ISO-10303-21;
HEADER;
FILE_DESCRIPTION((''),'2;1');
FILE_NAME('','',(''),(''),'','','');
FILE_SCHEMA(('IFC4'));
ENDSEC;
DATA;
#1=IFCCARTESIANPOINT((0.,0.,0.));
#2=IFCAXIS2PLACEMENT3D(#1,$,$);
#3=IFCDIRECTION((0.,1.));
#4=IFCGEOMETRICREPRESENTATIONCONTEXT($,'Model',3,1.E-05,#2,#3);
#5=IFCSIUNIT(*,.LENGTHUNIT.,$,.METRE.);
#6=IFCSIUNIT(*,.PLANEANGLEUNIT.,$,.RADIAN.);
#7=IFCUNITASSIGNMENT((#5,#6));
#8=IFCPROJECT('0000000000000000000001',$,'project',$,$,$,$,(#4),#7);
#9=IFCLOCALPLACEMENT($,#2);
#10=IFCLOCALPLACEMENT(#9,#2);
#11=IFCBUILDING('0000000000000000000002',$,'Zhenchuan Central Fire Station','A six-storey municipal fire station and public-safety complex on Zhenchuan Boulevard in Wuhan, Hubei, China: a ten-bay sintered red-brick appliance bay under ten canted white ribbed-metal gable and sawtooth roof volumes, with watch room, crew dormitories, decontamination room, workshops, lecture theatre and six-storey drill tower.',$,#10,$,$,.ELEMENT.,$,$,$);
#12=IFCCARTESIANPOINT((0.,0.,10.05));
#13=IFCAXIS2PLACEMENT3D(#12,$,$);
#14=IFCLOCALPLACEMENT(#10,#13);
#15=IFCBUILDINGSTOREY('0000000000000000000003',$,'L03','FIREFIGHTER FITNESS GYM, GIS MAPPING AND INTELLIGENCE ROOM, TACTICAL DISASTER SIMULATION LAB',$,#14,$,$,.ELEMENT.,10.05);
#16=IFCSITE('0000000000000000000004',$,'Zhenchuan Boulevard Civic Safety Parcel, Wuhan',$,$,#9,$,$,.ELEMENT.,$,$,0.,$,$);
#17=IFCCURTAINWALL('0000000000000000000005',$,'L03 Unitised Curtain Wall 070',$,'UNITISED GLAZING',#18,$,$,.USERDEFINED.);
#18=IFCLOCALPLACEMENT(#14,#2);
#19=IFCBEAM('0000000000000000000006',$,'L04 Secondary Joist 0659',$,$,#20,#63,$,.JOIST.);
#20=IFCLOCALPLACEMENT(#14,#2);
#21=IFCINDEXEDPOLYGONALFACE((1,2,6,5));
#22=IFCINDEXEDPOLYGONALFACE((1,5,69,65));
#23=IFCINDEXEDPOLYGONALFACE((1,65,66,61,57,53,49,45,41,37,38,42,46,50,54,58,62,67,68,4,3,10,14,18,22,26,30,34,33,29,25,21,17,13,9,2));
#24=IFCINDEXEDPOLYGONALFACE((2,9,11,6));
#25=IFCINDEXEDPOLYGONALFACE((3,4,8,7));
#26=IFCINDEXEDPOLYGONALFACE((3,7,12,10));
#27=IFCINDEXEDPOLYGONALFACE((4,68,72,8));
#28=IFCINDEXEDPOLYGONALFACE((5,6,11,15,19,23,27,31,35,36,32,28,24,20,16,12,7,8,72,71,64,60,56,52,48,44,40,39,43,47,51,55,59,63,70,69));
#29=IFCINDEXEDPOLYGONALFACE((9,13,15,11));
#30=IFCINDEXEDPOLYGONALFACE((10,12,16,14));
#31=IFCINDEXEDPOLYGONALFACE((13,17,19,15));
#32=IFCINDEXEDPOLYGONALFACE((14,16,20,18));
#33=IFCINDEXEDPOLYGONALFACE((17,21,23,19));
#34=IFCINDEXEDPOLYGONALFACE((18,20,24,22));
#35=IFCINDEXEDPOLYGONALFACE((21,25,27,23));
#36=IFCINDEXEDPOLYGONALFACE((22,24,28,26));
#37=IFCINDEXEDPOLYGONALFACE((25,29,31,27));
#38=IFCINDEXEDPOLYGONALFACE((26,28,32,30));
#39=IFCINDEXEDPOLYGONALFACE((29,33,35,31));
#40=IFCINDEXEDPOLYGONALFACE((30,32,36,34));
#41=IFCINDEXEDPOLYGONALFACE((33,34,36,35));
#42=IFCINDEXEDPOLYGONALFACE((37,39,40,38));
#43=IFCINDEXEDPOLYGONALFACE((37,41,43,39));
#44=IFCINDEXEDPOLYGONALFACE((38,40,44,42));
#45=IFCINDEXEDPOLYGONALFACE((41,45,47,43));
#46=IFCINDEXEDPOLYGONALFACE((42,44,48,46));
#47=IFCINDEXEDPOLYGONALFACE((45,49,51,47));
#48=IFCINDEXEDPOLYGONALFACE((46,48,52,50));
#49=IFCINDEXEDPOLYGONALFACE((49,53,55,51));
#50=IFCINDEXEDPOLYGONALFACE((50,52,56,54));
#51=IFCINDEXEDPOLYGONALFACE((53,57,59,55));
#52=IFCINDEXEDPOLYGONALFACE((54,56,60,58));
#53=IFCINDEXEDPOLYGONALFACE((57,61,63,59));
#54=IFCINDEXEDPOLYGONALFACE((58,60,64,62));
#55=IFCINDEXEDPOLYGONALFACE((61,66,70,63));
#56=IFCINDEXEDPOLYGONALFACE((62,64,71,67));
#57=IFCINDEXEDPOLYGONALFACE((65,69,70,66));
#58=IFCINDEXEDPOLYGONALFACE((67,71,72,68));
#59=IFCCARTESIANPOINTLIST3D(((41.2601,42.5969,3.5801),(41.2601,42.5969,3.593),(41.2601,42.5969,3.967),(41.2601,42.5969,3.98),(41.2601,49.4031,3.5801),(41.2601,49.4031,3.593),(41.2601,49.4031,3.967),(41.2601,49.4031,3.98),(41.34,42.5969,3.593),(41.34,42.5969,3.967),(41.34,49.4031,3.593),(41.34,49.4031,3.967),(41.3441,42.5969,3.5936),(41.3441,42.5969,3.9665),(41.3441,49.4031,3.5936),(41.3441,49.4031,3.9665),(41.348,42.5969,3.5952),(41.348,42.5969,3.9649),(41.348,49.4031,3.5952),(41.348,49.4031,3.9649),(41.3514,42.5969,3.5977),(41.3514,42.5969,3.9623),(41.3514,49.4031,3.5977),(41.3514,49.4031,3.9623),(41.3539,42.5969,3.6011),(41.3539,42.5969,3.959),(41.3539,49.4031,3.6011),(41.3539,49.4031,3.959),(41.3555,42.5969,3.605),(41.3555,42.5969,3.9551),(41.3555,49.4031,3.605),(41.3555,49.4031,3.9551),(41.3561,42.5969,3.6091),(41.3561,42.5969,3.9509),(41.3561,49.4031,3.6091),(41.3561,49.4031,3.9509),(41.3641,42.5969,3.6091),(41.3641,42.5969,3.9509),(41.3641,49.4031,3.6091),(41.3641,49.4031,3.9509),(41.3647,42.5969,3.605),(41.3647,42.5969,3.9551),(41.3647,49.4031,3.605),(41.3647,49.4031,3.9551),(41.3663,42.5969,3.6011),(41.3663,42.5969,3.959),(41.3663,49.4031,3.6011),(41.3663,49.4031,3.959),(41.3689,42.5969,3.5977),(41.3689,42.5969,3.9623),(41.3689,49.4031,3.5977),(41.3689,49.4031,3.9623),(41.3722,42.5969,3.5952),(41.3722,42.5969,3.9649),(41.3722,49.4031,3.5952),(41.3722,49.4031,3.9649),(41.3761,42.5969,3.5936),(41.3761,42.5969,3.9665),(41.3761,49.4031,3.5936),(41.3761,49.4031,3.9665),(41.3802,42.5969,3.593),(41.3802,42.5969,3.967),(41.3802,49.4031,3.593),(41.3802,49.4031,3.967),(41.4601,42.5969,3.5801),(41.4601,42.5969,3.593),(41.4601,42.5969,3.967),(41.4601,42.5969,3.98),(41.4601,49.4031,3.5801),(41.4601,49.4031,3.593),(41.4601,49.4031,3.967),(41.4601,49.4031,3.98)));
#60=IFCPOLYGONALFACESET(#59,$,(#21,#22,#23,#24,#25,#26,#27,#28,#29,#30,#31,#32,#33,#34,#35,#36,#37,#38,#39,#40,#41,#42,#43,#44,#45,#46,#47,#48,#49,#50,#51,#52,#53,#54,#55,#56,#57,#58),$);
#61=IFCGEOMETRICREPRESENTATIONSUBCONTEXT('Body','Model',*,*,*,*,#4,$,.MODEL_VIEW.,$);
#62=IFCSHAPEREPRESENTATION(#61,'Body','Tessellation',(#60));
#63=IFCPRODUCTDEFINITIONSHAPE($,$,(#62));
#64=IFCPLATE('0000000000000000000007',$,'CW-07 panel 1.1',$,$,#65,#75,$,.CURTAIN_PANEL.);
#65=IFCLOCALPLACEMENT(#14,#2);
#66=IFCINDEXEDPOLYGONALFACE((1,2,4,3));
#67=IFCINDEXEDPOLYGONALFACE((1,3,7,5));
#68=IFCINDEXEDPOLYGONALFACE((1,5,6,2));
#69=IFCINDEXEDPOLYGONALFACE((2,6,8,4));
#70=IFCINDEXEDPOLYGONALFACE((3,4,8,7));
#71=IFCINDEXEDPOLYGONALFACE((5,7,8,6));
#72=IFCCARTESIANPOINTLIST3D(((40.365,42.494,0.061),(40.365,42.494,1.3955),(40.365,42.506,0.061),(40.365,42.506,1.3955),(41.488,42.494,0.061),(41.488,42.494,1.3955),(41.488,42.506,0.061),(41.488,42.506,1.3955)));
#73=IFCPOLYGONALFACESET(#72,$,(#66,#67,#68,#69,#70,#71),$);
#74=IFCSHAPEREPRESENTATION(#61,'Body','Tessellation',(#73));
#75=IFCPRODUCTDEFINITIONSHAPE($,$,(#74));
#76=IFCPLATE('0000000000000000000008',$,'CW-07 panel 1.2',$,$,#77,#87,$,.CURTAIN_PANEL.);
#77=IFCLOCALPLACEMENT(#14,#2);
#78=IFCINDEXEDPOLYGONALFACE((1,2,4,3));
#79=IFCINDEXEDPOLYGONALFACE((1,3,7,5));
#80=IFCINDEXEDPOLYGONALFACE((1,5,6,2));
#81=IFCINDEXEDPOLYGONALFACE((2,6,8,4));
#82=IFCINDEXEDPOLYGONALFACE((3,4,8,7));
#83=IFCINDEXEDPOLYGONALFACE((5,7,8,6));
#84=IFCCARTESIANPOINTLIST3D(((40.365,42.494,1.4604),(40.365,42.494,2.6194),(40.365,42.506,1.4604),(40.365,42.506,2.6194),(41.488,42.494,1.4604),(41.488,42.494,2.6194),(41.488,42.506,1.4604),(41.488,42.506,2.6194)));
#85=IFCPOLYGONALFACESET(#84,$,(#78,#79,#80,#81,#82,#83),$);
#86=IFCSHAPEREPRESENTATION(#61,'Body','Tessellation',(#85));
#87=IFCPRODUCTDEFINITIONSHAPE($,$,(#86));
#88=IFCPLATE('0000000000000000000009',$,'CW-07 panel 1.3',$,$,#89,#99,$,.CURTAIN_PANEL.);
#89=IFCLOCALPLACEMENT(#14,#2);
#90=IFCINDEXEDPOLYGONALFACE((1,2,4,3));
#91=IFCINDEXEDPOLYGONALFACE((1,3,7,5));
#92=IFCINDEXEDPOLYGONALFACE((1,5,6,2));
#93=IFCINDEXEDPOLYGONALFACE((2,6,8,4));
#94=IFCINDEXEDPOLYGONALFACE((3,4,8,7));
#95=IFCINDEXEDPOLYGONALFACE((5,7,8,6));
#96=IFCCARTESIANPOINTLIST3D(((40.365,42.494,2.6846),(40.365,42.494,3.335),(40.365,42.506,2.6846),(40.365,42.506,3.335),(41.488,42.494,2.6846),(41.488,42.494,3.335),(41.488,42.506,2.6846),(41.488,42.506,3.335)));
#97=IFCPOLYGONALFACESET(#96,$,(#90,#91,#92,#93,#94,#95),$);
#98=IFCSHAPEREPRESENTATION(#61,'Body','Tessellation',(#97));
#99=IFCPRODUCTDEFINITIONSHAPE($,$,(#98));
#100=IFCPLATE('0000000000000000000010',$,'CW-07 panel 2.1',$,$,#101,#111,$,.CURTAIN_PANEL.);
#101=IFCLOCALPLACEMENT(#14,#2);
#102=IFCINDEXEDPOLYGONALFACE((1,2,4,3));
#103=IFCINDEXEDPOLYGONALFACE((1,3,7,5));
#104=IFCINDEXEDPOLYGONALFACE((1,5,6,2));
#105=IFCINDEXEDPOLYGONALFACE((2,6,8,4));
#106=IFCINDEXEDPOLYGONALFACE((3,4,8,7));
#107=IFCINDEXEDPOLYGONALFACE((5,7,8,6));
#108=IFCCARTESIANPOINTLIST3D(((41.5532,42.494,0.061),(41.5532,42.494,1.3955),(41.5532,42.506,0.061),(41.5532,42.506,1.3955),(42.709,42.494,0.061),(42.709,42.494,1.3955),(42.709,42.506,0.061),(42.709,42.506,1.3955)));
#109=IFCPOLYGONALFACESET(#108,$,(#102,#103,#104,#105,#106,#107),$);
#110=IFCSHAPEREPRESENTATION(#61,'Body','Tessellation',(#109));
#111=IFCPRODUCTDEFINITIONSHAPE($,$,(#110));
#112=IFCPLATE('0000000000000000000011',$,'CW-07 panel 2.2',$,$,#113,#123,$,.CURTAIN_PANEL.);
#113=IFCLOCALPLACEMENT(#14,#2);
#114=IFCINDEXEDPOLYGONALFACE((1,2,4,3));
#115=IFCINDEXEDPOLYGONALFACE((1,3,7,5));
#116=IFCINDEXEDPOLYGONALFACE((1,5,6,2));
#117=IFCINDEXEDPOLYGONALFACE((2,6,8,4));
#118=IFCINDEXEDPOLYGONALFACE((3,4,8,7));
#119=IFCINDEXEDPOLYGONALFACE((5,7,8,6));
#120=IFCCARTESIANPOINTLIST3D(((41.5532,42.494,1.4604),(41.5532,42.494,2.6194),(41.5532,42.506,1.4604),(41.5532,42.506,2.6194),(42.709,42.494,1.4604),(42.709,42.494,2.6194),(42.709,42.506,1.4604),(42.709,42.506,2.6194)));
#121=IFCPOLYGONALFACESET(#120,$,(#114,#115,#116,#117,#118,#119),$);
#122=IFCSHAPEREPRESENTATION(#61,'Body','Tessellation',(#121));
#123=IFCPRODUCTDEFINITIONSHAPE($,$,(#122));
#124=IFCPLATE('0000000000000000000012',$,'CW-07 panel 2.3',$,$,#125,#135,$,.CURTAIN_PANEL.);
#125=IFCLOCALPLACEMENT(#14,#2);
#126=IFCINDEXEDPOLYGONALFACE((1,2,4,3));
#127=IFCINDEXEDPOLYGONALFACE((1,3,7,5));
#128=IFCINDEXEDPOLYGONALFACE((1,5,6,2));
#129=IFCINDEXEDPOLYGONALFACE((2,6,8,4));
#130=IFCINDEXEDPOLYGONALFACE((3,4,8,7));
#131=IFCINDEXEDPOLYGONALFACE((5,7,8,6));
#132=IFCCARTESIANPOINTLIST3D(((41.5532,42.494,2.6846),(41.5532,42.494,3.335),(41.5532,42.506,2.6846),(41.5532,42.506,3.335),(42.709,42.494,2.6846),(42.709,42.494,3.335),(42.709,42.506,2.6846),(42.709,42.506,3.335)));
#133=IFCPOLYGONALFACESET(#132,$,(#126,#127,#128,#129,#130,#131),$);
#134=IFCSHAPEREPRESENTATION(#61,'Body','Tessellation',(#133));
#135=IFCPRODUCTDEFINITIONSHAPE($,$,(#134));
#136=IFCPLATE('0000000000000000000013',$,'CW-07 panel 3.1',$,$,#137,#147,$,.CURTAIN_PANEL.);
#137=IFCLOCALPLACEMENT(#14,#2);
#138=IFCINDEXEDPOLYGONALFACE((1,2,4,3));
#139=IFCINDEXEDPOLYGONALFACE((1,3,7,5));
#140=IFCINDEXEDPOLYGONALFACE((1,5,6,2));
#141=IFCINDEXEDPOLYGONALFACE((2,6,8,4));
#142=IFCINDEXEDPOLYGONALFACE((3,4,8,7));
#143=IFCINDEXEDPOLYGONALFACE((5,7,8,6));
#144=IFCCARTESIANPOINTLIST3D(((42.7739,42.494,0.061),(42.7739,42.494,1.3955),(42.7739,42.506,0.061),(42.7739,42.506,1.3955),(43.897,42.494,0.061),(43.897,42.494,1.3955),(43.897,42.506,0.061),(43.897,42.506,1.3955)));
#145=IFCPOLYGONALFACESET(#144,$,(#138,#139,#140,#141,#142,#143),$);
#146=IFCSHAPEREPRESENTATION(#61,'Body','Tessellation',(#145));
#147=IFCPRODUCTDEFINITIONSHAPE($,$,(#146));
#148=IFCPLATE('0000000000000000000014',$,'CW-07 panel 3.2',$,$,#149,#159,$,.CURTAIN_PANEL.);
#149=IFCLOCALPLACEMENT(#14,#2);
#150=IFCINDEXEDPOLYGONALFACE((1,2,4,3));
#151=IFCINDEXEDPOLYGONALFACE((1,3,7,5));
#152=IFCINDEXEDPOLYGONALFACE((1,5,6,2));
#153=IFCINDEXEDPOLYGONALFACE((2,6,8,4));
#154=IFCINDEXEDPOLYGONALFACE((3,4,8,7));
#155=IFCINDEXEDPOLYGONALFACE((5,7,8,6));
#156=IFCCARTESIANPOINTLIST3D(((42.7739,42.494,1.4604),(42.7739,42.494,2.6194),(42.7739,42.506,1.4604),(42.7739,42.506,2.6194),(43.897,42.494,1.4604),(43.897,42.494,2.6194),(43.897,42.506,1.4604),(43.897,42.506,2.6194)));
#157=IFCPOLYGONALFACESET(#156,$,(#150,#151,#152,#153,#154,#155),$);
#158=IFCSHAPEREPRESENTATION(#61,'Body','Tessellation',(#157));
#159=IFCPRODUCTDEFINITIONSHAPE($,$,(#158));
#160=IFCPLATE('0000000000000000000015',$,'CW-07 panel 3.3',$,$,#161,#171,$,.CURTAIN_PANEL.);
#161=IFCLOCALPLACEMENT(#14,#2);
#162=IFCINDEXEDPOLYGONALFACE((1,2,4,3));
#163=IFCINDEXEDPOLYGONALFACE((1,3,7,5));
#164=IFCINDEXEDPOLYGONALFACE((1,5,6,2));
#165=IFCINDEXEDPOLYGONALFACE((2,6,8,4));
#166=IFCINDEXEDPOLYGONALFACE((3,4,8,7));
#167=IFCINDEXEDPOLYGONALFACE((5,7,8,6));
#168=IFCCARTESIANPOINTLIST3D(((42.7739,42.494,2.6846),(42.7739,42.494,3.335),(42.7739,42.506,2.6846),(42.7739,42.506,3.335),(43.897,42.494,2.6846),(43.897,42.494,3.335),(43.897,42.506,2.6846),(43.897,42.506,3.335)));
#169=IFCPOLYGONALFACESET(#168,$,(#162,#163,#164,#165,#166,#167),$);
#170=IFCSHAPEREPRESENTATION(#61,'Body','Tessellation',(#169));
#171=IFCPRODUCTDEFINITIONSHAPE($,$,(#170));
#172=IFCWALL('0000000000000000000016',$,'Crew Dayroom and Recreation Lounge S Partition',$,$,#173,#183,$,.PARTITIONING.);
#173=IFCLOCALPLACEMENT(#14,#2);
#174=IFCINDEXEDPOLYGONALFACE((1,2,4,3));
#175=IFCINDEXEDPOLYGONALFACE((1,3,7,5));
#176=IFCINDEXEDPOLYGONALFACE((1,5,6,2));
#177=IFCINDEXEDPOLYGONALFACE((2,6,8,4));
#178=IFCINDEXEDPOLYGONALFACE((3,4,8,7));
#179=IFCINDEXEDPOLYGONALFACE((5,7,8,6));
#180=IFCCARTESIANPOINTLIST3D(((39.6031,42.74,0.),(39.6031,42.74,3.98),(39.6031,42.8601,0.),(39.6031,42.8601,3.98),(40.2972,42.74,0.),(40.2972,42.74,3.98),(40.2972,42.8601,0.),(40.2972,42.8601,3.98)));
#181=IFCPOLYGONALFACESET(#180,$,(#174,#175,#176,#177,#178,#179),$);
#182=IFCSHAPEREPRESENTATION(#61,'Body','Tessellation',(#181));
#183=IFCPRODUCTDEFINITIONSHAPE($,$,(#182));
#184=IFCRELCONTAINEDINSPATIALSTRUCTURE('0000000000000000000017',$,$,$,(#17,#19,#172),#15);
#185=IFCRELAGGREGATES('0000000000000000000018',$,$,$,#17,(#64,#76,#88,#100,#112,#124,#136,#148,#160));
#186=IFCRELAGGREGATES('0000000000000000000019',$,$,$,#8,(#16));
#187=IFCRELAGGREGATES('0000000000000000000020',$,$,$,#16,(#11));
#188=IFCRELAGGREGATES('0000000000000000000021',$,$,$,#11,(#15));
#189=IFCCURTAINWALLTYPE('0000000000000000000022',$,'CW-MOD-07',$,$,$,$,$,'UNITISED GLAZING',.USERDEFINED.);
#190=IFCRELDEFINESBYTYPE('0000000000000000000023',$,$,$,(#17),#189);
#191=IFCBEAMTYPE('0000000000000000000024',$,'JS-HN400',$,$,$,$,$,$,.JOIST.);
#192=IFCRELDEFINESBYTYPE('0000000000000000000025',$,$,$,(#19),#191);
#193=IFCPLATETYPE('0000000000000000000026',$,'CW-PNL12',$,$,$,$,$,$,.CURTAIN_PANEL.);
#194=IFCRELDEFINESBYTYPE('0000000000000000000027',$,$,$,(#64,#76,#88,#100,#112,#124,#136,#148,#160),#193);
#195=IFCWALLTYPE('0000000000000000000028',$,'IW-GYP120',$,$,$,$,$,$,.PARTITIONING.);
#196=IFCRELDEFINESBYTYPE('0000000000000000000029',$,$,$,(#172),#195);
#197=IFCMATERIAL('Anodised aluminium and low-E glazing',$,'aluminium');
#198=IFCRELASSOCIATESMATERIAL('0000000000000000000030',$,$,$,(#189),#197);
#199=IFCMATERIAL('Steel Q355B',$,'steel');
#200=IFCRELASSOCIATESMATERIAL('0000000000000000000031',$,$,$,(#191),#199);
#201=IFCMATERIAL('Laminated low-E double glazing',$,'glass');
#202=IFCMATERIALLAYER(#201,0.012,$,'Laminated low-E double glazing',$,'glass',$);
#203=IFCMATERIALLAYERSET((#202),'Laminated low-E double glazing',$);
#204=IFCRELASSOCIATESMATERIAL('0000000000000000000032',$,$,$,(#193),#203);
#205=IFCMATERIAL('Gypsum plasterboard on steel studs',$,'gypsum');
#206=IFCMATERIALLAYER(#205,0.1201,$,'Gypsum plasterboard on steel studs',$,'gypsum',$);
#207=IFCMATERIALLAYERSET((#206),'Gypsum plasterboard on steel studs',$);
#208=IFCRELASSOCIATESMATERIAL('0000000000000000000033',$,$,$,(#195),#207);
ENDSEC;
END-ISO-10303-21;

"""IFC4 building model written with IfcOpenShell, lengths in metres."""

from ifc_helpers import new_model, si_unit, direction, frame, frame_2d, origin, origin_2d, place, context, subcontext, project, spatial, rectangle, i_section, extrude, material, layer, layer_set, material_profile, profile_set, type_object, element, aggregate, save


model = new_model("IFC4")

# Units and contexts
model_context = context("Model", 3, precision=1e-05, world=origin(), true_north=direction((0.0, 1.0)))
body_context = subcontext(model_context, "Body", "Model", "MODEL_VIEW")
ifc_project = project(units=[si_unit("LENGTHUNIT", "METRE"), si_unit("PLANEANGLEUNIT", "RADIAN")], contexts=[model_context])

# Site, building, storey
site_placement = place(None, origin())
site = spatial("IfcSite", under=ifc_project, at=site_placement, Name="Zhenchuan Boulevard Civic Safety Parcel, Wuhan", CompositionType="ELEMENT", RefElevation=0.0)
building_placement = place(site_placement, origin())
building = spatial("IfcBuilding", under=site, at=building_placement, Name="Zhenchuan Central Fire Station", Description="A six-storey municipal fire station and public-safety complex on Zhenchuan Boulevard in Wuhan, Hubei, China: a ten-bay sintered red-brick appliance bay under ten canted white ribbed-metal gable and sawtooth roof volumes, with watch room, crew dormitories, decontamination room, workshops, lecture theatre and six-storey drill tower.", CompositionType="ELEMENT")
storey_placement = place(building_placement, frame((0.0, 0.0, 10.05)))
storey = spatial("IfcBuildingStorey", under=building, at=storey_placement, Name="L03", Description="FIREFIGHTER FITNESS GYM, GIS MAPPING AND INTELLIGENCE ROOM, TACTICAL DISASTER SIMULATION LAB", CompositionType="ELEMENT", Elevation=10.05)

# Shared definitions
ifc_material_1 = material(Name="Steel Q355B", Category="steel")

# Curtain wall
ifc_material_2 = material(Name="Anodised aluminium and low-E glazing", Category="aluminium")
curtain_wall_type = type_object("IfcCurtainWallType", Name="CW-MOD-07", ElementType="UNITISED GLAZING", PredefinedType="USERDEFINED", material=ifc_material_2)
curtain_wall_placement = place(storey_placement, origin())
curtain_wall = element("IfcCurtainWall", 1, at=curtain_wall_placement, inside=storey, type_object=curtain_wall_type, Name="L03 Unitised Curtain Wall 070", ObjectType="UNITISED GLAZING", PredefinedType="USERDEFINED")

# Beam
ifc_material_profile_1 = material_profile(ifc_material_1, i_section(OverallWidth=0.2, OverallDepth=0.3999, WebThickness=0.0081, FlangeThickness=0.0129, FilletRadius=0.0161, at=origin_2d()), Name="HN 400x200")
ifc_profile_set_1 = profile_set([ifc_material_profile_1], Name="Steel Q355B")
beam_type_1 = type_object("IfcBeamType", Name="JS-HN400", PredefinedType="JOIST", material=ifc_profile_set_1)
beam_1_placement = place(storey_placement, frame((41.3601, 42.5969, 3.78), z_axis=(0.0, 1.0, 0.0), x_axis=(-1.0, 0.0, 0.0)))
element("IfcBeam", 2, at=beam_1_placement, inside=storey, type_object=beam_type_1, Name="L04 Secondary Joist 0659", PredefinedType="JOIST", context=body_context, shape_type="SweptSolid", body=[
    extrude(i_section(OverallWidth=0.2, OverallDepth=0.3999, WebThickness=0.0081, FlangeThickness=0.0129, FilletRadius=0.0161, at=origin_2d()), origin(), (0.0, 0.0, 1.0), 6.8062),
])

# Plates
ifc_material_3 = material(Name="Laminated low-E double glazing", Category="glass")
ifc_layer_1 = layer(ifc_material_3, 0.012, Name="Laminated low-E double glazing", Category="glass")
ifc_layer_set_1 = layer_set([ifc_layer_1], Name="Laminated low-E double glazing")
plate_type = type_object("IfcPlateType", Name="CW-PNL12", PredefinedType="CURTAIN_PANEL", material=ifc_layer_set_1)
plate_1_placement = place(storey_placement, frame((40.9265, 42.5, 0.061), z_axis=(0.0, 0.0, 1.0), x_axis=(1.0, 0.0, 0.0)))
plate_1 = element("IfcPlate", 3, at=plate_1_placement, type_object=plate_type, Name="CW-07 panel 1.1", PredefinedType="CURTAIN_PANEL", context=body_context, shape_type="SweptSolid", body=[
    extrude(rectangle(XDim=1.123, YDim=0.012, at=origin_2d()), origin(), (0.0, 0.0, 1.0), 1.3345),
])
plate_2_placement = place(storey_placement, frame((40.9265, 42.5, 1.4604), z_axis=(0.0, 0.0, 1.0), x_axis=(1.0, 0.0, 0.0)))
plate_2 = element("IfcPlate", 4, at=plate_2_placement, type_object=plate_type, Name="CW-07 panel 1.2", PredefinedType="CURTAIN_PANEL", context=body_context, shape_type="SweptSolid", body=[
    extrude(rectangle(XDim=1.123, YDim=0.012, at=origin_2d()), origin(), (0.0, 0.0, 1.0), 1.1589),
])
plate_3_placement = place(storey_placement, frame((40.9265, 42.5, 2.6846), z_axis=(0.0, 0.0, 1.0), x_axis=(1.0, 0.0, 0.0)))
plate_3 = element("IfcPlate", 5, at=plate_3_placement, type_object=plate_type, Name="CW-07 panel 1.3", PredefinedType="CURTAIN_PANEL", context=body_context, shape_type="SweptSolid", body=[
    extrude(rectangle(XDim=1.123, YDim=0.012, at=origin_2d()), origin(), (0.0, 0.0, 1.0), 0.6504),
])
plate_4_placement = place(storey_placement, frame((42.1311, 42.5, 0.061), z_axis=(0.0, 0.0, 1.0), x_axis=(1.0, 0.0, 0.0)))
plate_4 = element("IfcPlate", 6, at=plate_4_placement, type_object=plate_type, Name="CW-07 panel 2.1", PredefinedType="CURTAIN_PANEL", context=body_context, shape_type="SweptSolid", body=[
    extrude(rectangle(XDim=1.1558, YDim=0.012, at=origin_2d()), origin(), (0.0, 0.0, 1.0), 1.3345),
])
plate_5_placement = place(storey_placement, frame((42.1311, 42.5, 1.4604), z_axis=(0.0, 0.0, 1.0), x_axis=(1.0, 0.0, 0.0)))
plate_5 = element("IfcPlate", 7, at=plate_5_placement, type_object=plate_type, Name="CW-07 panel 2.2", PredefinedType="CURTAIN_PANEL", context=body_context, shape_type="SweptSolid", body=[
    extrude(rectangle(XDim=1.1558, YDim=0.012, at=origin_2d()), origin(), (0.0, 0.0, 1.0), 1.1589),
])
plate_6_placement = place(storey_placement, frame((42.1311, 42.5, 2.6846), z_axis=(0.0, 0.0, 1.0), x_axis=(1.0, 0.0, 0.0)))
plate_6 = element("IfcPlate", 8, at=plate_6_placement, type_object=plate_type, Name="CW-07 panel 2.3", PredefinedType="CURTAIN_PANEL", context=body_context, shape_type="SweptSolid", body=[
    extrude(rectangle(XDim=1.1558, YDim=0.012, at=origin_2d()), origin(), (0.0, 0.0, 1.0), 0.6504),
])
plate_7_placement = place(storey_placement, frame((43.3354, 42.5, 0.061), z_axis=(0.0, 0.0, 1.0), x_axis=(1.0, 0.0, 0.0)))
plate_7 = element("IfcPlate", 9, at=plate_7_placement, type_object=plate_type, Name="CW-07 panel 3.1", PredefinedType="CURTAIN_PANEL", context=body_context, shape_type="SweptSolid", body=[
    extrude(rectangle(XDim=1.123, YDim=0.012, at=origin_2d()), origin(), (0.0, 0.0, 1.0), 1.3345),
])
plate_8_placement = place(storey_placement, frame((43.3354, 42.5, 1.4604), z_axis=(0.0, 0.0, 1.0), x_axis=(1.0, 0.0, 0.0)))
plate_8 = element("IfcPlate", 10, at=plate_8_placement, type_object=plate_type, Name="CW-07 panel 3.2", PredefinedType="CURTAIN_PANEL", context=body_context, shape_type="SweptSolid", body=[
    extrude(rectangle(XDim=1.123, YDim=0.012, at=origin_2d()), origin(), (0.0, 0.0, 1.0), 1.1589),
])
plate_9_placement = place(storey_placement, frame((43.3354, 42.5, 2.6846), z_axis=(0.0, 0.0, 1.0), x_axis=(1.0, 0.0, 0.0)))
plate_9 = element("IfcPlate", 11, at=plate_9_placement, type_object=plate_type, Name="CW-07 panel 3.3", PredefinedType="CURTAIN_PANEL", context=body_context, shape_type="SweptSolid", body=[
    extrude(rectangle(XDim=1.123, YDim=0.012, at=origin_2d()), origin(), (0.0, 0.0, 1.0), 0.6504),
])
aggregate(curtain_wall, [plate_1, plate_2, plate_3, plate_4, plate_5, plate_6, plate_7, plate_8, plate_9])

# Wall
ifc_material_4 = material(Name="Gypsum plasterboard on steel studs", Category="gypsum")
ifc_layer_2 = layer(ifc_material_4, 0.1201, Name="Gypsum plasterboard on steel studs", Category="gypsum")
ifc_layer_set_2 = layer_set([ifc_layer_2], Name="Gypsum plasterboard on steel studs")
wall_type = type_object("IfcWallType", Name="IW-GYP120", PredefinedType="PARTITIONING", material=ifc_layer_set_2)
wall_1_placement = place(storey_placement, frame((39.603, 42.8, 0.0), z_axis=(0.0, 0.0, 1.0), x_axis=(1.0, 0.0, 0.0)))
element("IfcWall", 12, at=wall_1_placement, inside=storey, type_object=wall_type, Name="Crew Dayroom and Recreation Lounge S Partition", PredefinedType="PARTITIONING", context=body_context, shape_type="SweptSolid", body=[
    extrude(rectangle(XDim=0.6941, YDim=0.1201, at=frame_2d((0.3472, 0.0))), origin(), (0.0, 0.0, 1.0), 3.98),
])

save(model, "model.ifc")
